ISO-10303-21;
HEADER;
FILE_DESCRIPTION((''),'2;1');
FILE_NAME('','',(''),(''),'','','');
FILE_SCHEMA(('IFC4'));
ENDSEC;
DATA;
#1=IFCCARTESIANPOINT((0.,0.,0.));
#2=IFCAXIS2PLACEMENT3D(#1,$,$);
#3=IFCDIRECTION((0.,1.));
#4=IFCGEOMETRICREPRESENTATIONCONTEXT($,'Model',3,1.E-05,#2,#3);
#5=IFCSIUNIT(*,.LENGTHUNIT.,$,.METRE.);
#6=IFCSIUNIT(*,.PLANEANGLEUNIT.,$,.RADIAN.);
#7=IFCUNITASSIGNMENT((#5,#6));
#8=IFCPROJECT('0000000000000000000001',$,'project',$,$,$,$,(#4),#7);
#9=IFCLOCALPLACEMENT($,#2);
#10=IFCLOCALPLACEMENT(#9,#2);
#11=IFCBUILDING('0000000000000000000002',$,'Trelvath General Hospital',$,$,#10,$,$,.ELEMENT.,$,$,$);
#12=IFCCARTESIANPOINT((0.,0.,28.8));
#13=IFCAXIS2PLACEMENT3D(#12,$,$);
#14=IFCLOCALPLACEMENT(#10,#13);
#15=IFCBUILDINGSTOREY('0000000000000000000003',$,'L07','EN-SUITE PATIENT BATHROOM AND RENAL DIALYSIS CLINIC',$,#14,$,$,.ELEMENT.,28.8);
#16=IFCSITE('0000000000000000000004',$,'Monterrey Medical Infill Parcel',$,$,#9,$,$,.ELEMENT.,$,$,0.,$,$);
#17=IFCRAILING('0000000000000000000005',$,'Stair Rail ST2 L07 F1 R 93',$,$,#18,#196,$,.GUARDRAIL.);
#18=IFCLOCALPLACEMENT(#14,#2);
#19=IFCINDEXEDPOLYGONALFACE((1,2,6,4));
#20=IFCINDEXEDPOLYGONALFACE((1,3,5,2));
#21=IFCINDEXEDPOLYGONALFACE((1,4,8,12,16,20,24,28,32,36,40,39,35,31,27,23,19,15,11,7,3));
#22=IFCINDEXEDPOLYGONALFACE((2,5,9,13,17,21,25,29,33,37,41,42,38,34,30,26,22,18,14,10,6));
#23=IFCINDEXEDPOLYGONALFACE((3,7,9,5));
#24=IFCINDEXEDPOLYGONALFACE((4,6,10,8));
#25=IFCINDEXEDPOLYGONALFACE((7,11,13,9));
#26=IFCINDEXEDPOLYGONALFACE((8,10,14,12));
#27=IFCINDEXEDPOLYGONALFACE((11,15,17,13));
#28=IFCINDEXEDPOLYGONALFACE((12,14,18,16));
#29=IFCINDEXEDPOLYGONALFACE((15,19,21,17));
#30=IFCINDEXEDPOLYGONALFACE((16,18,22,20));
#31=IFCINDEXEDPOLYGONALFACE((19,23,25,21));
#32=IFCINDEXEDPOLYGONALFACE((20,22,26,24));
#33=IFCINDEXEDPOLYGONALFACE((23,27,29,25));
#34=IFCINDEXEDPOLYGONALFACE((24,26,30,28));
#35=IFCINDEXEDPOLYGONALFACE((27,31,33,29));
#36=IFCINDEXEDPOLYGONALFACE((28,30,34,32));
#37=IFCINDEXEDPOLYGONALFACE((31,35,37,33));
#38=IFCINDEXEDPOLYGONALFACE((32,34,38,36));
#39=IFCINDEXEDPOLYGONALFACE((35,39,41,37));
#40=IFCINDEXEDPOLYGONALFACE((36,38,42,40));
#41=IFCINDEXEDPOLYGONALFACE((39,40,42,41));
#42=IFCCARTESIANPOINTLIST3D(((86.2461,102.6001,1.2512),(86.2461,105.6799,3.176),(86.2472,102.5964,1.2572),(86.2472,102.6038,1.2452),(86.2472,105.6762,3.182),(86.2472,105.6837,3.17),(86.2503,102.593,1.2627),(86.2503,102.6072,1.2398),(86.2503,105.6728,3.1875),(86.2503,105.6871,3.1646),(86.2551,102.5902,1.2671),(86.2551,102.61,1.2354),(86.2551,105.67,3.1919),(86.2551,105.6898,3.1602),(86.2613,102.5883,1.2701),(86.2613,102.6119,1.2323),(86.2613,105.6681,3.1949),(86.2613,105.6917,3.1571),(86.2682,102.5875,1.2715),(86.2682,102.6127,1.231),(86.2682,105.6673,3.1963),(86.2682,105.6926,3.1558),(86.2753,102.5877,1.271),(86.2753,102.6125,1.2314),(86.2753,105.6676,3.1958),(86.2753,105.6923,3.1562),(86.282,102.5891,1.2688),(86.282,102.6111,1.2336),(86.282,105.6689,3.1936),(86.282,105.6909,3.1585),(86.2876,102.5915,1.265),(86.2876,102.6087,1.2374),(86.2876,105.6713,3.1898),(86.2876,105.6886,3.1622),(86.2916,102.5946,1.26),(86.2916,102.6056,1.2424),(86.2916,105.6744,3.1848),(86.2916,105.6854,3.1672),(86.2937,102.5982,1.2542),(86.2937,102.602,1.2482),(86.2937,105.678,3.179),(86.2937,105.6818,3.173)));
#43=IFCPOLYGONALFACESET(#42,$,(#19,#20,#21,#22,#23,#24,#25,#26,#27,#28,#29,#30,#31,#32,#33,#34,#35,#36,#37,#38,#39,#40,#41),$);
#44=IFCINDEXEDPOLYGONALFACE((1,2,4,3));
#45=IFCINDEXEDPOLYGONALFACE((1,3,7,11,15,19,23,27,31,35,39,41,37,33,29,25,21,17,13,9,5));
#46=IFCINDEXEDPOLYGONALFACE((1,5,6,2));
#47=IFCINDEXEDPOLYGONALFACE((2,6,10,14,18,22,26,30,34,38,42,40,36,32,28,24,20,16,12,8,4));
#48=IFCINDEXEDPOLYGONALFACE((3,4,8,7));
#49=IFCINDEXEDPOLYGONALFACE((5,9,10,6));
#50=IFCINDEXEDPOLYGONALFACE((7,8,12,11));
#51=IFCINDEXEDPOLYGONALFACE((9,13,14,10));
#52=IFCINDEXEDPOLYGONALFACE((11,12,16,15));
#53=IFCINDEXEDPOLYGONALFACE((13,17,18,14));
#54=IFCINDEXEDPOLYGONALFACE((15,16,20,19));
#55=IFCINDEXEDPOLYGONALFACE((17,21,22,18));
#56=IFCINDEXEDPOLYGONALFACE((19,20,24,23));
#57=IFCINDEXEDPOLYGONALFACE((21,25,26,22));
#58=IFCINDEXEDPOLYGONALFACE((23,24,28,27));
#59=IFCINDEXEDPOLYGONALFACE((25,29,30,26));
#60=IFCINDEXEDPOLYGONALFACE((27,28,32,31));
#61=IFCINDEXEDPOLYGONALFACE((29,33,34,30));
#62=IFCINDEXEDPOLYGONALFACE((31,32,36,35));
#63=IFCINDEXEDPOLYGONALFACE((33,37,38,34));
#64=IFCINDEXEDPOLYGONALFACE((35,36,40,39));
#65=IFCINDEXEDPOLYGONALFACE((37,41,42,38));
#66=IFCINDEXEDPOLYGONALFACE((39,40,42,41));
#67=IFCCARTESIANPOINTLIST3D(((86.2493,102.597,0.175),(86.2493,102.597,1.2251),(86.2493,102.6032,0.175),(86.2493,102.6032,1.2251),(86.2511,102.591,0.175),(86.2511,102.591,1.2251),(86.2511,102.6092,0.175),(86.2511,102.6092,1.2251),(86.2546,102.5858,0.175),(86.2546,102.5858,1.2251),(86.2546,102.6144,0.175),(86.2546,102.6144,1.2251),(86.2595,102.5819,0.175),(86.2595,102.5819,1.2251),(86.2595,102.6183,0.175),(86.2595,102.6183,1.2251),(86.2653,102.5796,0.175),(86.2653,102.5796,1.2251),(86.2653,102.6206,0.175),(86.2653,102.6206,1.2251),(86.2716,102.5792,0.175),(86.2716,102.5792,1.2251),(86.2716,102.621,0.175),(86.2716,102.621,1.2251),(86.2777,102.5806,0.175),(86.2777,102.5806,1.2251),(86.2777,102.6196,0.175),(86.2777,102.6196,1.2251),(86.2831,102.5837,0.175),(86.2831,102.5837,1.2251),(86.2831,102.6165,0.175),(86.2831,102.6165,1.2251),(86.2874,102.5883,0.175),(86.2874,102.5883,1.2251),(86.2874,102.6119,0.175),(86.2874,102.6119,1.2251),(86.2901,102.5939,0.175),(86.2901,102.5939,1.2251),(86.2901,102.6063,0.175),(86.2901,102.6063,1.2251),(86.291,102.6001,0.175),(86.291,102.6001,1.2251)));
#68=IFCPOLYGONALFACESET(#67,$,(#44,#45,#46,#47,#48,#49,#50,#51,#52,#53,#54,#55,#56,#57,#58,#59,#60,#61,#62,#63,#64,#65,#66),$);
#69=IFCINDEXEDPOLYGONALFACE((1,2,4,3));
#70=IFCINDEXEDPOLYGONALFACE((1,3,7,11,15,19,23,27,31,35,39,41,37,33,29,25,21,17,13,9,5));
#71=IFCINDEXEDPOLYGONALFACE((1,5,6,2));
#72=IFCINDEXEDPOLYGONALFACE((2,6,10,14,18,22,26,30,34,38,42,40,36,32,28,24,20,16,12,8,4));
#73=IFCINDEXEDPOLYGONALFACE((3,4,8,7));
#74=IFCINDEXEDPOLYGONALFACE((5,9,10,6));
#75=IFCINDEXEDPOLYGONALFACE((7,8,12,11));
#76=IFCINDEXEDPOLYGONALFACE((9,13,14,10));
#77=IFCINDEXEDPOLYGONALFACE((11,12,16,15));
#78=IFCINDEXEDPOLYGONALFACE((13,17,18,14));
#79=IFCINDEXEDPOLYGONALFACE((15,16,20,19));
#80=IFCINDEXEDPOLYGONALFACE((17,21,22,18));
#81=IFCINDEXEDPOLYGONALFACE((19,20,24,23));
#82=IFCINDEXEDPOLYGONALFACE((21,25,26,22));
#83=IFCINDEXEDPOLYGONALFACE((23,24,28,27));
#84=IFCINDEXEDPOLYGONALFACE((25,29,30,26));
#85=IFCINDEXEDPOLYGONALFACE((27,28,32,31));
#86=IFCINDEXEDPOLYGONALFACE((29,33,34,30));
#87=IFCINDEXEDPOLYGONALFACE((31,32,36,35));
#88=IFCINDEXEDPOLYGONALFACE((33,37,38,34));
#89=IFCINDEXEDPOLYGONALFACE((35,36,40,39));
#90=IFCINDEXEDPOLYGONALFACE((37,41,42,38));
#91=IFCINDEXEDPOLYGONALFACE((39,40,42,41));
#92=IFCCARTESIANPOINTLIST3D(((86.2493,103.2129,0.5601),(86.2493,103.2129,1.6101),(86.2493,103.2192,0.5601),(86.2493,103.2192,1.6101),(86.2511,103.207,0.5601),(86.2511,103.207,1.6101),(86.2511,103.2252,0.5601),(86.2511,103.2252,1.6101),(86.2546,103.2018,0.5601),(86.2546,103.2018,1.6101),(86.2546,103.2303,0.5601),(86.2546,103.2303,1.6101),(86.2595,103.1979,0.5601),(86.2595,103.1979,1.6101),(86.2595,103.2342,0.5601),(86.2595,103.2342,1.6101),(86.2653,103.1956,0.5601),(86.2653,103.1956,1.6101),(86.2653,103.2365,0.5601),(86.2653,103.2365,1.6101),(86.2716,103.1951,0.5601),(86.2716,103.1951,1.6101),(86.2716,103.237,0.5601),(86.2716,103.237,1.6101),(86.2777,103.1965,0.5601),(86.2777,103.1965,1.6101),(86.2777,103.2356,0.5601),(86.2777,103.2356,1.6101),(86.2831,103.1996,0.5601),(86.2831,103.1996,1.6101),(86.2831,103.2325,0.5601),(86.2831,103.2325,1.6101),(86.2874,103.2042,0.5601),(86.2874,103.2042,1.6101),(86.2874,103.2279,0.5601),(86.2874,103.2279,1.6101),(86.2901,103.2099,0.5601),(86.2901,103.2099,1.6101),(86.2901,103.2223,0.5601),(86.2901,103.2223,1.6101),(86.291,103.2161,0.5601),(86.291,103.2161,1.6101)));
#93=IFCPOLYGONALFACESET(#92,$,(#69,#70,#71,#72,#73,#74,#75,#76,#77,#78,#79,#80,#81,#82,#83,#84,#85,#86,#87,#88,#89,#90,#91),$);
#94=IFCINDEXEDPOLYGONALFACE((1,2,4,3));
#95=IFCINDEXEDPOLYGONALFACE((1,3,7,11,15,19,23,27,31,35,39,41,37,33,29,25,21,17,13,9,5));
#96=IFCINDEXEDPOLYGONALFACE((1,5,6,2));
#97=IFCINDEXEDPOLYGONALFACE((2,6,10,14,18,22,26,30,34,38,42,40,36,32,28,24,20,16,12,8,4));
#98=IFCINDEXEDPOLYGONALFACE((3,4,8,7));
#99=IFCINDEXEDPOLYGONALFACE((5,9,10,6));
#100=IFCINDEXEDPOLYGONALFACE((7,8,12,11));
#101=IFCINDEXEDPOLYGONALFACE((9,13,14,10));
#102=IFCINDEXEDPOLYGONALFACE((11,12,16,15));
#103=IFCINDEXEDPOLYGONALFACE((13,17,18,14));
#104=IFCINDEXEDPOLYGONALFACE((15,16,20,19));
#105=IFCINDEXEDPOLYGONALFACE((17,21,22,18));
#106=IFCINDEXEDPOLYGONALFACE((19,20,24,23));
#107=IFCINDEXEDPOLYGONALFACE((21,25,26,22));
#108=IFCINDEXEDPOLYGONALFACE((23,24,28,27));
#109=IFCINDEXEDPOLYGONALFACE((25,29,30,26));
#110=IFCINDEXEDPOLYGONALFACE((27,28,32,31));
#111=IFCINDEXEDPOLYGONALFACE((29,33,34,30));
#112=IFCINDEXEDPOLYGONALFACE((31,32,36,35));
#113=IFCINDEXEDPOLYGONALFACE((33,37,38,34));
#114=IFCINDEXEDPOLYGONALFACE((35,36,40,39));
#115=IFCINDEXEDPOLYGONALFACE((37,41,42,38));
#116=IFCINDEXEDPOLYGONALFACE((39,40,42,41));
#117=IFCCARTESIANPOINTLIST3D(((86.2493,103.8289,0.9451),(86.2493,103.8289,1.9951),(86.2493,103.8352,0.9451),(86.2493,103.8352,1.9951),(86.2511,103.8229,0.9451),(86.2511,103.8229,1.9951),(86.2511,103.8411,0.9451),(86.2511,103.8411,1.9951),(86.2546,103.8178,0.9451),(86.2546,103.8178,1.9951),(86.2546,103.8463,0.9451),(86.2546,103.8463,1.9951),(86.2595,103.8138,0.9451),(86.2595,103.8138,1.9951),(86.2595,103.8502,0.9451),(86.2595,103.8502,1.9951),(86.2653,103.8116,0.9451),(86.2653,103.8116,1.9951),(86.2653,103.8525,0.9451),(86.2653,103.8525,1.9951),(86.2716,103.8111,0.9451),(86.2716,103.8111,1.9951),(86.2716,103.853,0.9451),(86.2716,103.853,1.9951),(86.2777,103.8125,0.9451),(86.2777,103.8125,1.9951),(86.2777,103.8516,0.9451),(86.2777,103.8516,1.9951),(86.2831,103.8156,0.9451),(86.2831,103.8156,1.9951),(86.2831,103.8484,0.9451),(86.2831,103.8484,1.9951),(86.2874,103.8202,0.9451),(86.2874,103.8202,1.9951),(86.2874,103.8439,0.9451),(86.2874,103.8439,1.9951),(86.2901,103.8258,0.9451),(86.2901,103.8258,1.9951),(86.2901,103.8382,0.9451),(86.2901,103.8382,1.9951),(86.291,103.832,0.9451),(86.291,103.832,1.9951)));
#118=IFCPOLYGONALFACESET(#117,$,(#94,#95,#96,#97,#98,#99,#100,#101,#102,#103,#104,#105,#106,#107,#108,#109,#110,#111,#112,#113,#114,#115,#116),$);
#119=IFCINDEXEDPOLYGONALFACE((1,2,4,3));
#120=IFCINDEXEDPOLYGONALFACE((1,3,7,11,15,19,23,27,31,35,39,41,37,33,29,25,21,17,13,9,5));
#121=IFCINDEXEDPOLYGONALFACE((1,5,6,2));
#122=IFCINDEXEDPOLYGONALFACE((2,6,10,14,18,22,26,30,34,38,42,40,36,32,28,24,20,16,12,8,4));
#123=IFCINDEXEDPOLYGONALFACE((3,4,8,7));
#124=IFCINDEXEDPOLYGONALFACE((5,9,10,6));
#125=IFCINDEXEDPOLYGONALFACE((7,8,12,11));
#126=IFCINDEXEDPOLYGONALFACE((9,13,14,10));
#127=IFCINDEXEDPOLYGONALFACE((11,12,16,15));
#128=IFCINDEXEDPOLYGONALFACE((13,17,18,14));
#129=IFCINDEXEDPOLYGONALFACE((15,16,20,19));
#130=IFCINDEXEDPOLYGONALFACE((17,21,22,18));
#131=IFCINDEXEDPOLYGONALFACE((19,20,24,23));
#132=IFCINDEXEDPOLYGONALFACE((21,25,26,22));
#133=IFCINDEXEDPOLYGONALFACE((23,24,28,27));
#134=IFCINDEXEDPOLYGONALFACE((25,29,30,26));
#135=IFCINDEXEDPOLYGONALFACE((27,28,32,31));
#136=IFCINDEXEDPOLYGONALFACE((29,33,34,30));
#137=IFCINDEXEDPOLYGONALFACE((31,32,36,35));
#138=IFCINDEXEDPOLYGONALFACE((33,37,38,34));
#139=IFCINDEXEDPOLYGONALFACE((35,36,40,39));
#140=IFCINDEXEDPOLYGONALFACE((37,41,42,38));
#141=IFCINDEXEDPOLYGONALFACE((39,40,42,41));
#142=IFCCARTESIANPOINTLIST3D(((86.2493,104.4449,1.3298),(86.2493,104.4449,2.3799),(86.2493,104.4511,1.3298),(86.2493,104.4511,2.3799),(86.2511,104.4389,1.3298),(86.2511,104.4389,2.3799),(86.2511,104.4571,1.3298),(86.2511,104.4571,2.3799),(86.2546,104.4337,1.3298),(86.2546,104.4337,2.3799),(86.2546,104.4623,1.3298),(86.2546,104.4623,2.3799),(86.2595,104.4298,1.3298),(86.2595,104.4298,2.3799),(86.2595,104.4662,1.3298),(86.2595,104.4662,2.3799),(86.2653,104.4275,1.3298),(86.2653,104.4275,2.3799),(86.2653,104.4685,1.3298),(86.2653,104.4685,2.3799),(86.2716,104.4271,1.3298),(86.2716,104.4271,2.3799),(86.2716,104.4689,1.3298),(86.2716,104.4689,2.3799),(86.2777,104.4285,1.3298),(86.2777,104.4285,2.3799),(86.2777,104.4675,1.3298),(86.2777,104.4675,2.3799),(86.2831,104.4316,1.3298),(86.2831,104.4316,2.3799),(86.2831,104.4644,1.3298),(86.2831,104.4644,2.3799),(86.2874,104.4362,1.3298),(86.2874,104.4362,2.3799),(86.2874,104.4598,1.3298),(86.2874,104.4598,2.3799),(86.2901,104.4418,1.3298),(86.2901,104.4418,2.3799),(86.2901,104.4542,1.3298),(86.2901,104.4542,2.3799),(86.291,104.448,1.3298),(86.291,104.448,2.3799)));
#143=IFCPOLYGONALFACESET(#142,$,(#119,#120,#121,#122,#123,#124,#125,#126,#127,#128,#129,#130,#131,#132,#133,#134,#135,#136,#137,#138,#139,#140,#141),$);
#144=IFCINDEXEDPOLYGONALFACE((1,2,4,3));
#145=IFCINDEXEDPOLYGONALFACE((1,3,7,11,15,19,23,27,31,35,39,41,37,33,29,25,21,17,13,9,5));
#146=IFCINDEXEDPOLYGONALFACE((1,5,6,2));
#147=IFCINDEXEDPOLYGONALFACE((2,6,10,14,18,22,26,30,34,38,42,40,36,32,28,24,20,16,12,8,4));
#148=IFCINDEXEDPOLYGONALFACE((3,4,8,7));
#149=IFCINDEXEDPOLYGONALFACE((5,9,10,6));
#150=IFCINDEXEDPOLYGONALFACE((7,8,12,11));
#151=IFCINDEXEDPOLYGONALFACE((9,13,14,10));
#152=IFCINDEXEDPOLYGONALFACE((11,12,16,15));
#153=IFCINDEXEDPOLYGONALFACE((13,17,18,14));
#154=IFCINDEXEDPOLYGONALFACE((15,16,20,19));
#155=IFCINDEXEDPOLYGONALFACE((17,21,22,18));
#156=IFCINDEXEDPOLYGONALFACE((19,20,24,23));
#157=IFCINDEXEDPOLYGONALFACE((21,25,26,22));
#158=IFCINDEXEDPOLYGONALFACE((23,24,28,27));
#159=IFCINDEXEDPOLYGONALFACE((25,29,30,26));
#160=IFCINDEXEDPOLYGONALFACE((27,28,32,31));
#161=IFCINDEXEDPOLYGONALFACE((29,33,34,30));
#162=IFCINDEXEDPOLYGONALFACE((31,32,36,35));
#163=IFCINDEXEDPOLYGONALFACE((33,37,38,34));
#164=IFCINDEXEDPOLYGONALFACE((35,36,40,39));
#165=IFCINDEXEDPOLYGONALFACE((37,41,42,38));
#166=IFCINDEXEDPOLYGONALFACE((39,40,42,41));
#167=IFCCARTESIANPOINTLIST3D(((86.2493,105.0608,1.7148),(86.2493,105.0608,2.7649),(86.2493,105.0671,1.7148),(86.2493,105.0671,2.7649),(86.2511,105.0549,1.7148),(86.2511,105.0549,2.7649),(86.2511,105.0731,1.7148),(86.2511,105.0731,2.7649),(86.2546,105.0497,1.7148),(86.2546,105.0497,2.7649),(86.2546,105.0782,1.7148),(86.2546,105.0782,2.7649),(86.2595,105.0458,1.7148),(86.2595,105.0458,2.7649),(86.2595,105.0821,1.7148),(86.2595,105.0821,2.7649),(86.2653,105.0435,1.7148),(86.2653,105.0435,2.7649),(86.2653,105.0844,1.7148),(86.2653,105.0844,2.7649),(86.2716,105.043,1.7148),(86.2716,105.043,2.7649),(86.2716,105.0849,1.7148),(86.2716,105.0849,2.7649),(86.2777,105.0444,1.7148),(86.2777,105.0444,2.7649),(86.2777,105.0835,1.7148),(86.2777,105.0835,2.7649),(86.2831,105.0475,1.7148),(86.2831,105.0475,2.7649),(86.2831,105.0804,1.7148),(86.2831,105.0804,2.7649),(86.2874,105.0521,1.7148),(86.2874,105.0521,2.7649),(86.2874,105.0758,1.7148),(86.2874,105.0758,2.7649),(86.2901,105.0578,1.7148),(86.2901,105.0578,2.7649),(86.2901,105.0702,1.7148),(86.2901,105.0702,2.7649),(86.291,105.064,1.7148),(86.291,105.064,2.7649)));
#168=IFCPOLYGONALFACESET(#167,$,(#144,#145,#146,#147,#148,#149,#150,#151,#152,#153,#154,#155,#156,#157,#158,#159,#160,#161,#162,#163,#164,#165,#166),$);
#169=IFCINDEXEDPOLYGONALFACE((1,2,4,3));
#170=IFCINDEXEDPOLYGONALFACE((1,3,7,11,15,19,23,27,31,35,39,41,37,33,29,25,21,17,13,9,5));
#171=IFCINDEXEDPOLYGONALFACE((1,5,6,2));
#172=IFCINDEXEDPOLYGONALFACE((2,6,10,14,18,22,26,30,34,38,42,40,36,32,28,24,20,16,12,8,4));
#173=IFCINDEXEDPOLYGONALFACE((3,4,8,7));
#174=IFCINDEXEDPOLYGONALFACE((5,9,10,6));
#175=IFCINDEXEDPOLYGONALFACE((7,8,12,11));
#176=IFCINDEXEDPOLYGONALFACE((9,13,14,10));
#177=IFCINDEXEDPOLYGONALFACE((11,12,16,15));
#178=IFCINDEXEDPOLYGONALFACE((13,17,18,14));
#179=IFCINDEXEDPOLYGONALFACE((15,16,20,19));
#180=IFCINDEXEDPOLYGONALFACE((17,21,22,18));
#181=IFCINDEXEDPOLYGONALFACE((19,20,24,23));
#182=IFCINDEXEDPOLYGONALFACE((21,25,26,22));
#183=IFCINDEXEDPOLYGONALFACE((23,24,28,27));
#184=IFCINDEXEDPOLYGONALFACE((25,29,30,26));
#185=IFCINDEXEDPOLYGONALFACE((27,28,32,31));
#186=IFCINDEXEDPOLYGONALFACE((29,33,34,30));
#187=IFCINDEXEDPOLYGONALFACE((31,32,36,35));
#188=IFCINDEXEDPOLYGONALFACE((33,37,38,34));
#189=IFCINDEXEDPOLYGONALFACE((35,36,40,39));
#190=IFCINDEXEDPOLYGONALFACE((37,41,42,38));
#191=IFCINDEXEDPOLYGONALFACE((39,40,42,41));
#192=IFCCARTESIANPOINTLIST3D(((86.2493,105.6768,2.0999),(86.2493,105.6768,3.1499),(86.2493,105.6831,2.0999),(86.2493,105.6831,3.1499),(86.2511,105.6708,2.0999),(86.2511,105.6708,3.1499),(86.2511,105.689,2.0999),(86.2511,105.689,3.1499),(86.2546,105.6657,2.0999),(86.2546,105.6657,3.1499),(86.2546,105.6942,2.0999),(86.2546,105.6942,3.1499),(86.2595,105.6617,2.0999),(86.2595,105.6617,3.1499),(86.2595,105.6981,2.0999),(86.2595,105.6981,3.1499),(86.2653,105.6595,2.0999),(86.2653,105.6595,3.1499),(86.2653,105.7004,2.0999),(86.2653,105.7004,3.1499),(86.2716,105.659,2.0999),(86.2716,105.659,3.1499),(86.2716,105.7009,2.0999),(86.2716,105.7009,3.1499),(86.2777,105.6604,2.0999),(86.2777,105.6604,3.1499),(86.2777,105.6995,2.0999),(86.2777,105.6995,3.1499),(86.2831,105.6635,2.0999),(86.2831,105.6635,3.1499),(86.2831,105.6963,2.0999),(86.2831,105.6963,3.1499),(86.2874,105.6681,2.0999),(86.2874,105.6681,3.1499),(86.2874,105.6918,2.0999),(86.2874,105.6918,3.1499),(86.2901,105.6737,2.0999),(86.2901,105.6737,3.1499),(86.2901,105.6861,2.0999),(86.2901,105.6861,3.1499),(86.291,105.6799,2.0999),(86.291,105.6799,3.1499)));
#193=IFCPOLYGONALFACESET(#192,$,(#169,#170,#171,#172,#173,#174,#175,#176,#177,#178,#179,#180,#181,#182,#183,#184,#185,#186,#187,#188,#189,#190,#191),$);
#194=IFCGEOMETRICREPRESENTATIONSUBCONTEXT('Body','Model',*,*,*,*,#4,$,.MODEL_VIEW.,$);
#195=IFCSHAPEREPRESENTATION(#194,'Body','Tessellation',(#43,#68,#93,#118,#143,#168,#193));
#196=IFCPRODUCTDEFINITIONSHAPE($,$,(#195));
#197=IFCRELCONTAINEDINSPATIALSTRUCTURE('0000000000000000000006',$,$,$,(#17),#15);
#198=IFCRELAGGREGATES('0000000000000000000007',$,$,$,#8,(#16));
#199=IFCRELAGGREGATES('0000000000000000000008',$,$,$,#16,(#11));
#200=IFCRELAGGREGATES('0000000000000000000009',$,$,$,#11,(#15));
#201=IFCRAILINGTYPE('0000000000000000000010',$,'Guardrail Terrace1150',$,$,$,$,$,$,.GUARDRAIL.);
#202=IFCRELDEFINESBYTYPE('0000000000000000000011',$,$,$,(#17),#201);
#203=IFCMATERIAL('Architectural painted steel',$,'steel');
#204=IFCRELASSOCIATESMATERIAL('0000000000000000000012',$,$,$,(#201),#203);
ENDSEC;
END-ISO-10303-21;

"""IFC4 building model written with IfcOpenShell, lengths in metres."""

from ifc_helpers import new_model, si_unit, direction, frame, origin, origin_2d, place, context, subcontext, project, spatial, circle, extrude, material, type_object, element, save


model = new_model("IFC4")

# Units and contexts
model_context = context("Model", 3, precision=1e-05, world=origin(), true_north=direction((0.0, 1.0)))
body_context = subcontext(model_context, "Body", "Model", "MODEL_VIEW")
ifc_project = project(units=[si_unit("LENGTHUNIT", "METRE"), si_unit("PLANEANGLEUNIT", "RADIAN")], contexts=[model_context])

# Site, building, storey
site_placement = place(None, origin())
site = spatial("IfcSite", under=ifc_project, at=site_placement, Name="Monterrey Medical Infill Parcel", CompositionType="ELEMENT", RefElevation=0.0)
building_placement = place(site_placement, origin())
building = spatial("IfcBuilding", under=site, at=building_placement, Name="Trelvath General Hospital", CompositionType="ELEMENT")
storey_placement = place(building_placement, frame((0.0, 0.0, 28.8)))
storey = spatial("IfcBuildingStorey", under=building, at=storey_placement, Name="L07", Description="EN-SUITE PATIENT BATHROOM AND RENAL DIALYSIS CLINIC", CompositionType="ELEMENT", Elevation=28.8)

# Railing
ifc_material_1 = material(Name="Architectural painted steel", Category="steel")
railing_type_1 = type_object("IfcRailingType", Name="Guardrail Terrace1150", PredefinedType="GUARDRAIL", material=ifc_material_1)
railing_1_placement = place(storey_placement, frame((86.27, 102.6001, 0.175)))
element("IfcRailing", 1, at=railing_1_placement, inside=storey, type_object=railing_type_1, Name="Stair Rail ST2 L07 F1 R 93", PredefinedType="GUARDRAIL", context=body_context, shape_type="SweptSolid", body=[
    extrude(circle(Radius=0.0239, at=origin_2d()), frame((0.0, 0.0, 1.0762), z_axis=(0.0, 0.84801, 0.529981), x_axis=(-1.0, 0.0, 0.0)), (0.0, 0.0, 1.0), 3.6318),
    extrude(circle(Radius=0.021, at=origin_2d()), origin(), (0.0, 0.0, 1.0), 1.05),
    extrude(circle(Radius=0.021, at=origin_2d()), frame((0.0, 0.616, 0.385)), (0.0, 0.0, 1.0), 1.05),
    extrude(circle(Radius=0.021, at=origin_2d()), frame((0.0, 1.2319, 0.77)), (0.0, 0.0, 1.0), 1.05),
    extrude(circle(Radius=0.021, at=origin_2d()), frame((0.0, 1.8479, 1.1548)), (0.0, 0.0, 1.0), 1.05),
    extrude(circle(Radius=0.021, at=origin_2d()), frame((0.0, 2.4639, 1.5398)), (0.0, 0.0, 1.0), 1.05),
    extrude(circle(Radius=0.021, at=origin_2d()), frame((0.0, 3.0798, 1.9248)), (0.0, 0.0, 1.0), 1.05),
])

save(model, "model.ifc")
